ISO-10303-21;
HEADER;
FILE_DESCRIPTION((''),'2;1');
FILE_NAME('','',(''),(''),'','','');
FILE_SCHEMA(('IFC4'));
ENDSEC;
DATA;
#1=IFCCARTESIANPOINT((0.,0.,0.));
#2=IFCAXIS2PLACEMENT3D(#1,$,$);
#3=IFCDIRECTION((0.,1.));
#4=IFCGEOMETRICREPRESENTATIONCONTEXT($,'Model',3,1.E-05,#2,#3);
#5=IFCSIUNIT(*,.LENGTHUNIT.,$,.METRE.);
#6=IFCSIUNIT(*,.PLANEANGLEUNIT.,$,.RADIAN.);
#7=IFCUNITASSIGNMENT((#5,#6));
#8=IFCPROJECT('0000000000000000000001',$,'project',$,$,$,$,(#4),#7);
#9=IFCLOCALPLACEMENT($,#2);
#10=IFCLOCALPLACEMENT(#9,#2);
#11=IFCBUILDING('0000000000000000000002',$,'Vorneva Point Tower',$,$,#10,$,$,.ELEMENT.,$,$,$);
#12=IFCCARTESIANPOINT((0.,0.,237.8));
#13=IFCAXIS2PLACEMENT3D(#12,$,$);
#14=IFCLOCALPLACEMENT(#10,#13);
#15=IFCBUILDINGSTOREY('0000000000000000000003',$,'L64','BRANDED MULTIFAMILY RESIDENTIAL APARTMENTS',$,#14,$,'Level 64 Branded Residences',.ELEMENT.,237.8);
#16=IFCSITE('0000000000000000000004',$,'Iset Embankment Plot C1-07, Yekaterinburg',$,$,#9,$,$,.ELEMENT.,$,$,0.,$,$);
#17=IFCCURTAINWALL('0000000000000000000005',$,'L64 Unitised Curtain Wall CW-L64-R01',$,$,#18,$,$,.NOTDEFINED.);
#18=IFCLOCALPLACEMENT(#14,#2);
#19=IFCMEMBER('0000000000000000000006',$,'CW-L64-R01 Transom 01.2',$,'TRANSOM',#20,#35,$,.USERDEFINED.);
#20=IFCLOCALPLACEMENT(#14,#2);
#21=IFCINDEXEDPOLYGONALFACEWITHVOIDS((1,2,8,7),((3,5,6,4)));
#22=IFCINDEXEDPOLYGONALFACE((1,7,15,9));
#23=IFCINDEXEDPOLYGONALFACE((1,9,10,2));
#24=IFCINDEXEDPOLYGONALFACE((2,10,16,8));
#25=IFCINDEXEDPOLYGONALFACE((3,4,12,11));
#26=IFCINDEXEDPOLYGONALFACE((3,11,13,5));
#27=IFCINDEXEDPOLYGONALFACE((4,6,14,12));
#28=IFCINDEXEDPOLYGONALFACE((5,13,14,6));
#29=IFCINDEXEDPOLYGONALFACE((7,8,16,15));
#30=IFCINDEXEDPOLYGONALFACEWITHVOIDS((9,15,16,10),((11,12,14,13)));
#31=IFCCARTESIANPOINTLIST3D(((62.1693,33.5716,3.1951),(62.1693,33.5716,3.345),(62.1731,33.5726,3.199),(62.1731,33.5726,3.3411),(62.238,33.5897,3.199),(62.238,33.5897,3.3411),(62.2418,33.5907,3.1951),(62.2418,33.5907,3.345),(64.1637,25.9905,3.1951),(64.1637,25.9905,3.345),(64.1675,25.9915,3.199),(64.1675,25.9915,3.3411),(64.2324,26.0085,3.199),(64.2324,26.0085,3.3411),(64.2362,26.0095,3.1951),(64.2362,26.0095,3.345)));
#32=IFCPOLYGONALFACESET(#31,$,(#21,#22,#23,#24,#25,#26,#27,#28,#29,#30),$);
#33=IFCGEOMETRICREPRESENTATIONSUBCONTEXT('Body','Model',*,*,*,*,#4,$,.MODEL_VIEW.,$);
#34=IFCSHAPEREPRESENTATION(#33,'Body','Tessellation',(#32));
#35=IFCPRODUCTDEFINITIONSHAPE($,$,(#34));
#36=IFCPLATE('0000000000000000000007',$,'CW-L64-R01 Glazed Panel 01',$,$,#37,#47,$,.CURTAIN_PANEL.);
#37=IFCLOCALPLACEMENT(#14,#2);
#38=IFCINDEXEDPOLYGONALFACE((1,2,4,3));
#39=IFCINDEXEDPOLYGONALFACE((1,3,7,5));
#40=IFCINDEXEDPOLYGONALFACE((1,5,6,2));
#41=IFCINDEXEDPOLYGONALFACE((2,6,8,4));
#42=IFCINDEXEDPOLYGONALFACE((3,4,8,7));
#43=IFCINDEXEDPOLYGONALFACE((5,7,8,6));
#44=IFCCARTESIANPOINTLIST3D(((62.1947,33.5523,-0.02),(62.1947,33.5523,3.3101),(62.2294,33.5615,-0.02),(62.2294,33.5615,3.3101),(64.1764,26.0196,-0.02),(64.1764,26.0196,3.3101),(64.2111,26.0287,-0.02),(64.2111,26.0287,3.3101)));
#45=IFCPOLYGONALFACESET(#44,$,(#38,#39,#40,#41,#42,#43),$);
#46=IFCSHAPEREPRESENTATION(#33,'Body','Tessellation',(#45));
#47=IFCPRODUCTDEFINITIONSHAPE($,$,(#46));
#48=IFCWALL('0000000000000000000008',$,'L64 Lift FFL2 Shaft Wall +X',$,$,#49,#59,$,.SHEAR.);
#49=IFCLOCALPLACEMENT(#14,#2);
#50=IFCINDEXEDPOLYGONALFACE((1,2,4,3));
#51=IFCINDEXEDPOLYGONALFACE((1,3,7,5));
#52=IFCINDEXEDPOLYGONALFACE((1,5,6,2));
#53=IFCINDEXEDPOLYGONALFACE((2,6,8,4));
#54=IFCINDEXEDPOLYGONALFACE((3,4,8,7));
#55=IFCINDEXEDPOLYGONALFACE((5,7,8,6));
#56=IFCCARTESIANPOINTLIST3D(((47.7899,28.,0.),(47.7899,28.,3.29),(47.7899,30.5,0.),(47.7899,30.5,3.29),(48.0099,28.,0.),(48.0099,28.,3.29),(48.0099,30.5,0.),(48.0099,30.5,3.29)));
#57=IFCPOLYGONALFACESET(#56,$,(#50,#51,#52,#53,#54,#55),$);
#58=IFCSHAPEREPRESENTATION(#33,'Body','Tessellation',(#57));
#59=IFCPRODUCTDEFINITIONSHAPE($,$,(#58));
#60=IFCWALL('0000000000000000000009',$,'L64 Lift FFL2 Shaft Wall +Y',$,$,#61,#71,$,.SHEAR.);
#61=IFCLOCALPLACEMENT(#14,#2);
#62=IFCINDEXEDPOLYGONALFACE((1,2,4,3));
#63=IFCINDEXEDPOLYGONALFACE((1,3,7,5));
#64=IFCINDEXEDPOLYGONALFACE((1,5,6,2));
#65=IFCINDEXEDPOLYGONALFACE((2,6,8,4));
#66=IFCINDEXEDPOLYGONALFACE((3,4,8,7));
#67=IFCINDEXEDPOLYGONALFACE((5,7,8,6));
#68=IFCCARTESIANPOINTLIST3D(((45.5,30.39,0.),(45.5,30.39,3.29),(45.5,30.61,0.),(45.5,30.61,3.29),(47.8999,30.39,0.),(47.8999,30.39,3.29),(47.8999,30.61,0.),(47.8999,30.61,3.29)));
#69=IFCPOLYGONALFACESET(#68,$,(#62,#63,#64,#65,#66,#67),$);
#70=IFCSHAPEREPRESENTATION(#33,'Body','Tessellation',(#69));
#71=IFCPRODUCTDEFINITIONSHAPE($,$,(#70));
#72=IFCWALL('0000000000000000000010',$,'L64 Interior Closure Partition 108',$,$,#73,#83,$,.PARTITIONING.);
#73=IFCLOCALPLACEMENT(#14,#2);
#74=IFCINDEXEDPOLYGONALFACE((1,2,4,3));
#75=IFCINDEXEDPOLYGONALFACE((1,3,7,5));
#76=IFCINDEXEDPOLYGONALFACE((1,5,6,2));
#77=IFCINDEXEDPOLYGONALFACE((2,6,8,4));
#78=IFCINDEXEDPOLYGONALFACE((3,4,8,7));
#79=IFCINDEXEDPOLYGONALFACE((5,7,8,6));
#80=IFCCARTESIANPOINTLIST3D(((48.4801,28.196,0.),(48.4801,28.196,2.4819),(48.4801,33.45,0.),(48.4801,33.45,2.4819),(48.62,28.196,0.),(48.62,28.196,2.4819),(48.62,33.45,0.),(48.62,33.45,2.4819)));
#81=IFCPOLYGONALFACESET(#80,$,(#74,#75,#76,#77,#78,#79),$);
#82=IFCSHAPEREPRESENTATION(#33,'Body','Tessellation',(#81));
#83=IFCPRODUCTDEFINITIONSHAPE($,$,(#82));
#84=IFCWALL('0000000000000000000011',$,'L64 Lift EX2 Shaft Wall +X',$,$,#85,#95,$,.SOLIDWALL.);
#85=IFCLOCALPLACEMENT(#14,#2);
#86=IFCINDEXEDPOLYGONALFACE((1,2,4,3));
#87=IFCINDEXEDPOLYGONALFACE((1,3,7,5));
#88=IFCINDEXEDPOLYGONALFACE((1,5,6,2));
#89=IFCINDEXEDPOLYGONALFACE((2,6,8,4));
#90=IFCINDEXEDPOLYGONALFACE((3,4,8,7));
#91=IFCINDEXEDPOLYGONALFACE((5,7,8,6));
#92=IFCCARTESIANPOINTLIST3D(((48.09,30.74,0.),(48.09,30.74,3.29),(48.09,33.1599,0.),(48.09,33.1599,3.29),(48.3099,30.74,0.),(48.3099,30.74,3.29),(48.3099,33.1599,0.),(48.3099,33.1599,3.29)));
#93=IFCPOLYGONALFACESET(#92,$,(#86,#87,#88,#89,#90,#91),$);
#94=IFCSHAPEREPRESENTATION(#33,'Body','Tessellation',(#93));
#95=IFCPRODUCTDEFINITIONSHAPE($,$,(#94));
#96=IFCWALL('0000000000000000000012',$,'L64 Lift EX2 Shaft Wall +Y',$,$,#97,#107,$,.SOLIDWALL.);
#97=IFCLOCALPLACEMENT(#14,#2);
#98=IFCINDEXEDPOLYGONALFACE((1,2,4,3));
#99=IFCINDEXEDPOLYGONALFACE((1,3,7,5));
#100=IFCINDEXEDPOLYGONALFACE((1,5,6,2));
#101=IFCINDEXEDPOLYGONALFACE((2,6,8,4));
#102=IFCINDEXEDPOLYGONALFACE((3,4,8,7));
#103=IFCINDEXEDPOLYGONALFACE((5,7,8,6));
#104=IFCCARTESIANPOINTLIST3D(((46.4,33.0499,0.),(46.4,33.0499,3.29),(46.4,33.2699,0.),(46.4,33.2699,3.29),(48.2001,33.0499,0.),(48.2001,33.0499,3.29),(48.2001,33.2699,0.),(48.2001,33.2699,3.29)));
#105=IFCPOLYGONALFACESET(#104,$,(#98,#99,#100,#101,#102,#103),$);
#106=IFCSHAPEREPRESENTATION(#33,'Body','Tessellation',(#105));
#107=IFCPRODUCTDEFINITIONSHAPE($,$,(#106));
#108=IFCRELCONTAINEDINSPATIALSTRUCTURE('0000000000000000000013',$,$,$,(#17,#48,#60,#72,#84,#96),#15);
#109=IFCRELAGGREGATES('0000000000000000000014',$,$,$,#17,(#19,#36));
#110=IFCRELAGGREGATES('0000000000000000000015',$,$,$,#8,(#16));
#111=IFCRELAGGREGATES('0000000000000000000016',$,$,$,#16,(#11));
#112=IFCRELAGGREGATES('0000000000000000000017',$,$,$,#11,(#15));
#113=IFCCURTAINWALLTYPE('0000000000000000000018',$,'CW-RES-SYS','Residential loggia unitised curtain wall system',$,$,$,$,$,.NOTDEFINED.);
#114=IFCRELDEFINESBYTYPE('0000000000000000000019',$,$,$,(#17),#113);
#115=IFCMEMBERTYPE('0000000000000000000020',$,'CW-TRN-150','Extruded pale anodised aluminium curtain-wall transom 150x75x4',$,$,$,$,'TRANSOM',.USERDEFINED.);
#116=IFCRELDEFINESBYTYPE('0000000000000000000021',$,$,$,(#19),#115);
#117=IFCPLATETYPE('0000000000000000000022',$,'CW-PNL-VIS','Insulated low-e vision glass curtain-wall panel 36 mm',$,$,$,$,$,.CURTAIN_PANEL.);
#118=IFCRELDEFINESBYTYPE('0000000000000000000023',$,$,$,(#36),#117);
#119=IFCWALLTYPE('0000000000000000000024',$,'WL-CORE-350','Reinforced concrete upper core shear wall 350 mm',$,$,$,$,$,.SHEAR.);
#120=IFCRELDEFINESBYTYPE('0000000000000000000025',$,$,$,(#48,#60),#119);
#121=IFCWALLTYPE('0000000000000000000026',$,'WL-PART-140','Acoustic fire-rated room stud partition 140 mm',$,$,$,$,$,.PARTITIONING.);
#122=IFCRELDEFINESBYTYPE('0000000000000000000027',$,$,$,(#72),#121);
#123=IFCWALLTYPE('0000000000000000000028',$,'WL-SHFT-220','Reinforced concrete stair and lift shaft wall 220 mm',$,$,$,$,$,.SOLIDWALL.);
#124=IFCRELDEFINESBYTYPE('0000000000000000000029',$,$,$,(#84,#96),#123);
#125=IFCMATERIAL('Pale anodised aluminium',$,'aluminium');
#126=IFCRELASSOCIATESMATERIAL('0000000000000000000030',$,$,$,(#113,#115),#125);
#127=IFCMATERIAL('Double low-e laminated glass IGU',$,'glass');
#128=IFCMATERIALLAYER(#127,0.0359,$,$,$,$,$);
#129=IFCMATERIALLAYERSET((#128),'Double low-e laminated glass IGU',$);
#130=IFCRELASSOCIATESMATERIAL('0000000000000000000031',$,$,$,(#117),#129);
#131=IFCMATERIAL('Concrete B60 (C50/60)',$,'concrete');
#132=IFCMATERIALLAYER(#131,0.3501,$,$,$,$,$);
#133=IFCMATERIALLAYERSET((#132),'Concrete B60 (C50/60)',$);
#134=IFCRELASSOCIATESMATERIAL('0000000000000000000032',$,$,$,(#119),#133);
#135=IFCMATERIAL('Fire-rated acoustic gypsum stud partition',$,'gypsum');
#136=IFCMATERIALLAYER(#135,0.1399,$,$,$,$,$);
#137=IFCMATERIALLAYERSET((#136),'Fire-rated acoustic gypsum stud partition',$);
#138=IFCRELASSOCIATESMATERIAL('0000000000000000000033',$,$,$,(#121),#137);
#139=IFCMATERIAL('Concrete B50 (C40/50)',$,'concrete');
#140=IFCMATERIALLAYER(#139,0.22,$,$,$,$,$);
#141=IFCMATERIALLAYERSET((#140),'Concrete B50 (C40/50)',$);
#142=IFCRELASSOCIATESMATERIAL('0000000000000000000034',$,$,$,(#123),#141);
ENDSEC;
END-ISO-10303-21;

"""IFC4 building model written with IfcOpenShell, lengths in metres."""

from ifc_helpers import new_model, si_unit, direction, frame, frame_2d, origin, origin_2d, place, context, subcontext, project, spatial, rectangle, hollow_rectangle, extrude, material, layer, layer_set, material_profile, profile_set, type_object, element, aggregate, save


model = new_model("IFC4")

# Units and contexts
model_context = context("Model", 3, precision=1e-05, world=origin(), true_north=direction((0.0, 1.0)))
body_context = subcontext(model_context, "Body", "Model", "MODEL_VIEW")
ifc_project = project(units=[si_unit("LENGTHUNIT", "METRE"), si_unit("PLANEANGLEUNIT", "RADIAN")], contexts=[model_context])

# Site, building, storey
site_placement = place(None, origin())
site = spatial("IfcSite", under=ifc_project, at=site_placement, Name="Iset Embankment Plot C1-07, Yekaterinburg", CompositionType="ELEMENT", RefElevation=0.0)
building_placement = place(site_placement, origin())
building = spatial("IfcBuilding", under=site, at=building_placement, Name="Vorneva Point Tower", CompositionType="ELEMENT")
storey_placement = place(building_placement, frame((0.0, 0.0, 237.8)))
storey = spatial("IfcBuildingStorey", under=building, at=storey_placement, Name="L64", Description="BRANDED MULTIFAMILY RESIDENTIAL APARTMENTS", LongName="Level 64 Branded Residences", CompositionType="ELEMENT", Elevation=237.8)

# Shared definitions
ifc_material_1 = material(Name="Concrete B50 (C40/50)", Category="concrete")

# Curtain wall, member, plate
ifc_material_2 = material(Name="Pale anodised aluminium", Category="aluminium")
curtain_wall_type = type_object("IfcCurtainWallType", Name="CW-RES-SYS", Description="Residential loggia unitised curtain wall system", PredefinedType="NOTDEFINED", material=ifc_material_2)
curtain_wall_placement = place(storey_placement, origin())
curtain_wall = element("IfcCurtainWall", 1, at=curtain_wall_placement, inside=storey, type_object=curtain_wall_type, Name="L64 Unitised Curtain Wall CW-L64-R01", PredefinedType="NOTDEFINED")
ifc_material_profile_1 = material_profile(ifc_material_2, hollow_rectangle(XDim=0.075, YDim=0.1499, WallThickness=0.0039, at=origin_2d()), Name="AL-TRN 150x75x4")
ifc_profile_set_1 = profile_set([ifc_material_profile_1], Name="Pale anodised aluminium")
member_type_1 = type_object("IfcMemberType", Name="CW-TRN-150", Description="Extruded pale anodised aluminium curtain-wall transom 150x75x4", ElementType="TRANSOM", PredefinedType="USERDEFINED", material=ifc_profile_set_1)
member_1_placement = place(storey_placement, frame((64.2, 26.0, 3.27), z_axis=(-0.254418, 0.967094, 0.0), x_axis=(-0.967094, -0.254418, 0.0)))
member_1 = element("IfcMember", 2, at=member_1_placement, type_object=member_type_1, Name="CW-L64-R01 Transom 01.2", ObjectType="TRANSOM", PredefinedType="USERDEFINED", context=body_context, shape_type="SweptSolid", body=[
    extrude(hollow_rectangle(XDim=0.075, YDim=0.1499, WallThickness=0.0039, at=origin_2d()), origin(), (0.0, 0.0, 1.0), 7.8391),
])
ifc_material_3 = material(Name="Double low-e laminated glass IGU", Category="glass")
ifc_layer_1 = layer(ifc_material_3, 0.0359)
ifc_layer_set_1 = layer_set([ifc_layer_1], Name="Double low-e laminated glass IGU")
plate_type = type_object("IfcPlateType", Name="CW-PNL-VIS", Description="Insulated low-e vision glass curtain-wall panel 36 mm", PredefinedType="CURTAIN_PANEL", material=ifc_layer_set_1)
plate_placement = place(storey_placement, frame((63.2029, 29.7905, -0.02), z_axis=(0.0, 0.0, 1.0), x_axis=(-0.254416, 0.967095, 0.0)))
plate = element("IfcPlate", 3, at=plate_placement, type_object=plate_type, Name="CW-L64-R01 Glazed Panel 01", PredefinedType="CURTAIN_PANEL", context=body_context, shape_type="SweptSolid", body=[
    extrude(rectangle(XDim=7.7891, YDim=0.0359, at=origin_2d()), origin(), (0.0, 0.0, 1.0), 3.3301),
])
aggregate(curtain_wall, [member_1, plate])

# Walls
ifc_material_4 = material(Name="Concrete B60 (C50/60)", Category="concrete")
ifc_layer_2 = layer(ifc_material_4, 0.3501)
ifc_layer_set_2 = layer_set([ifc_layer_2], Name="Concrete B60 (C50/60)")
wall_type_1 = type_object("IfcWallType", Name="WL-CORE-350", Description="Reinforced concrete upper core shear wall 350 mm", PredefinedType="SHEAR", material=ifc_layer_set_2)
wall_1_placement = place(storey_placement, frame((47.8999, 28.0, 0.0), z_axis=(0.0, 0.0, 1.0), x_axis=(0.0, 1.0, 0.0)))
element("IfcWall", 4, at=wall_1_placement, inside=storey, type_object=wall_type_1, Name="L64 Lift FFL2 Shaft Wall +X", PredefinedType="SHEAR", context=body_context, shape_type="SweptSolid", body=[
    extrude(rectangle(XDim=2.5, YDim=0.22, at=frame_2d((1.25, 0.0))), origin(), (0.0, 0.0, 1.0), 3.29),
])
wall_2_placement = place(storey_placement, frame((47.8999, 30.5, 0.0), z_axis=(0.0, 0.0, 1.0), x_axis=(-1.0, 0.0, 0.0)))
element("IfcWall", 5, at=wall_2_placement, inside=storey, type_object=wall_type_1, Name="L64 Lift FFL2 Shaft Wall +Y", PredefinedType="SHEAR", context=body_context, shape_type="SweptSolid", body=[
    extrude(rectangle(XDim=2.3999, YDim=0.22, at=frame_2d((1.2, 0.0))), origin(), (0.0, 0.0, 1.0), 3.29),
])
ifc_material_5 = material(Name="Fire-rated acoustic gypsum stud partition", Category="gypsum")
ifc_layer_3 = layer(ifc_material_5, 0.1399)
ifc_layer_set_3 = layer_set([ifc_layer_3], Name="Fire-rated acoustic gypsum stud partition")
wall_type_2 = type_object("IfcWallType", Name="WL-PART-140", Description="Acoustic fire-rated room stud partition 140 mm", PredefinedType="PARTITIONING", material=ifc_layer_set_3)
wall_3_placement = place(storey_placement, frame((48.55, 28.196, 0.0), z_axis=(0.0, 0.0, 1.0), x_axis=(0.0, 1.0, 0.0)))
element("IfcWall", 6, at=wall_3_placement, inside=storey, type_object=wall_type_2, Name="L64 Interior Closure Partition 108", PredefinedType="PARTITIONING", context=body_context, shape_type="SweptSolid", body=[
    extrude(rectangle(XDim=5.2539, YDim=0.1399, at=frame_2d((2.627, 0.0))), origin(), (0.0, 0.0, 1.0), 2.4819),
])
ifc_layer_4 = layer(ifc_material_1, 0.22)
ifc_layer_set_4 = layer_set([ifc_layer_4], Name="Concrete B50 (C40/50)")
wall_type_3 = type_object("IfcWallType", Name="WL-SHFT-220", Description="Reinforced concrete stair and lift shaft wall 220 mm", PredefinedType="SOLIDWALL", material=ifc_layer_set_4)
wall_4_placement = place(storey_placement, frame((48.2, 30.74, 0.0), z_axis=(0.0, 0.0, 1.0), x_axis=(0.0, 1.0, 0.0)))
element("IfcWall", 7, at=wall_4_placement, inside=storey, type_object=wall_type_3, Name="L64 Lift EX2 Shaft Wall +X", PredefinedType="SOLIDWALL", context=body_context, shape_type="SweptSolid", body=[
    extrude(rectangle(XDim=2.4199, YDim=0.22, at=frame_2d((1.21, 0.0))), origin(), (0.0, 0.0, 1.0), 3.29),
])
wall_5_placement = place(storey_placement, frame((48.2, 33.1599, 0.0), z_axis=(0.0, 0.0, 1.0), x_axis=(-1.0, 0.0, 0.0)))
element("IfcWall", 8, at=wall_5_placement, inside=storey, type_object=wall_type_3, Name="L64 Lift EX2 Shaft Wall +Y", PredefinedType="SOLIDWALL", context=body_context, shape_type="SweptSolid", body=[
    extrude(rectangle(XDim=1.8, YDim=0.22, at=frame_2d((0.8999, 0.0))), origin(), (0.0, 0.0, 1.0), 3.29),
])

save(model, "model.ifc")
